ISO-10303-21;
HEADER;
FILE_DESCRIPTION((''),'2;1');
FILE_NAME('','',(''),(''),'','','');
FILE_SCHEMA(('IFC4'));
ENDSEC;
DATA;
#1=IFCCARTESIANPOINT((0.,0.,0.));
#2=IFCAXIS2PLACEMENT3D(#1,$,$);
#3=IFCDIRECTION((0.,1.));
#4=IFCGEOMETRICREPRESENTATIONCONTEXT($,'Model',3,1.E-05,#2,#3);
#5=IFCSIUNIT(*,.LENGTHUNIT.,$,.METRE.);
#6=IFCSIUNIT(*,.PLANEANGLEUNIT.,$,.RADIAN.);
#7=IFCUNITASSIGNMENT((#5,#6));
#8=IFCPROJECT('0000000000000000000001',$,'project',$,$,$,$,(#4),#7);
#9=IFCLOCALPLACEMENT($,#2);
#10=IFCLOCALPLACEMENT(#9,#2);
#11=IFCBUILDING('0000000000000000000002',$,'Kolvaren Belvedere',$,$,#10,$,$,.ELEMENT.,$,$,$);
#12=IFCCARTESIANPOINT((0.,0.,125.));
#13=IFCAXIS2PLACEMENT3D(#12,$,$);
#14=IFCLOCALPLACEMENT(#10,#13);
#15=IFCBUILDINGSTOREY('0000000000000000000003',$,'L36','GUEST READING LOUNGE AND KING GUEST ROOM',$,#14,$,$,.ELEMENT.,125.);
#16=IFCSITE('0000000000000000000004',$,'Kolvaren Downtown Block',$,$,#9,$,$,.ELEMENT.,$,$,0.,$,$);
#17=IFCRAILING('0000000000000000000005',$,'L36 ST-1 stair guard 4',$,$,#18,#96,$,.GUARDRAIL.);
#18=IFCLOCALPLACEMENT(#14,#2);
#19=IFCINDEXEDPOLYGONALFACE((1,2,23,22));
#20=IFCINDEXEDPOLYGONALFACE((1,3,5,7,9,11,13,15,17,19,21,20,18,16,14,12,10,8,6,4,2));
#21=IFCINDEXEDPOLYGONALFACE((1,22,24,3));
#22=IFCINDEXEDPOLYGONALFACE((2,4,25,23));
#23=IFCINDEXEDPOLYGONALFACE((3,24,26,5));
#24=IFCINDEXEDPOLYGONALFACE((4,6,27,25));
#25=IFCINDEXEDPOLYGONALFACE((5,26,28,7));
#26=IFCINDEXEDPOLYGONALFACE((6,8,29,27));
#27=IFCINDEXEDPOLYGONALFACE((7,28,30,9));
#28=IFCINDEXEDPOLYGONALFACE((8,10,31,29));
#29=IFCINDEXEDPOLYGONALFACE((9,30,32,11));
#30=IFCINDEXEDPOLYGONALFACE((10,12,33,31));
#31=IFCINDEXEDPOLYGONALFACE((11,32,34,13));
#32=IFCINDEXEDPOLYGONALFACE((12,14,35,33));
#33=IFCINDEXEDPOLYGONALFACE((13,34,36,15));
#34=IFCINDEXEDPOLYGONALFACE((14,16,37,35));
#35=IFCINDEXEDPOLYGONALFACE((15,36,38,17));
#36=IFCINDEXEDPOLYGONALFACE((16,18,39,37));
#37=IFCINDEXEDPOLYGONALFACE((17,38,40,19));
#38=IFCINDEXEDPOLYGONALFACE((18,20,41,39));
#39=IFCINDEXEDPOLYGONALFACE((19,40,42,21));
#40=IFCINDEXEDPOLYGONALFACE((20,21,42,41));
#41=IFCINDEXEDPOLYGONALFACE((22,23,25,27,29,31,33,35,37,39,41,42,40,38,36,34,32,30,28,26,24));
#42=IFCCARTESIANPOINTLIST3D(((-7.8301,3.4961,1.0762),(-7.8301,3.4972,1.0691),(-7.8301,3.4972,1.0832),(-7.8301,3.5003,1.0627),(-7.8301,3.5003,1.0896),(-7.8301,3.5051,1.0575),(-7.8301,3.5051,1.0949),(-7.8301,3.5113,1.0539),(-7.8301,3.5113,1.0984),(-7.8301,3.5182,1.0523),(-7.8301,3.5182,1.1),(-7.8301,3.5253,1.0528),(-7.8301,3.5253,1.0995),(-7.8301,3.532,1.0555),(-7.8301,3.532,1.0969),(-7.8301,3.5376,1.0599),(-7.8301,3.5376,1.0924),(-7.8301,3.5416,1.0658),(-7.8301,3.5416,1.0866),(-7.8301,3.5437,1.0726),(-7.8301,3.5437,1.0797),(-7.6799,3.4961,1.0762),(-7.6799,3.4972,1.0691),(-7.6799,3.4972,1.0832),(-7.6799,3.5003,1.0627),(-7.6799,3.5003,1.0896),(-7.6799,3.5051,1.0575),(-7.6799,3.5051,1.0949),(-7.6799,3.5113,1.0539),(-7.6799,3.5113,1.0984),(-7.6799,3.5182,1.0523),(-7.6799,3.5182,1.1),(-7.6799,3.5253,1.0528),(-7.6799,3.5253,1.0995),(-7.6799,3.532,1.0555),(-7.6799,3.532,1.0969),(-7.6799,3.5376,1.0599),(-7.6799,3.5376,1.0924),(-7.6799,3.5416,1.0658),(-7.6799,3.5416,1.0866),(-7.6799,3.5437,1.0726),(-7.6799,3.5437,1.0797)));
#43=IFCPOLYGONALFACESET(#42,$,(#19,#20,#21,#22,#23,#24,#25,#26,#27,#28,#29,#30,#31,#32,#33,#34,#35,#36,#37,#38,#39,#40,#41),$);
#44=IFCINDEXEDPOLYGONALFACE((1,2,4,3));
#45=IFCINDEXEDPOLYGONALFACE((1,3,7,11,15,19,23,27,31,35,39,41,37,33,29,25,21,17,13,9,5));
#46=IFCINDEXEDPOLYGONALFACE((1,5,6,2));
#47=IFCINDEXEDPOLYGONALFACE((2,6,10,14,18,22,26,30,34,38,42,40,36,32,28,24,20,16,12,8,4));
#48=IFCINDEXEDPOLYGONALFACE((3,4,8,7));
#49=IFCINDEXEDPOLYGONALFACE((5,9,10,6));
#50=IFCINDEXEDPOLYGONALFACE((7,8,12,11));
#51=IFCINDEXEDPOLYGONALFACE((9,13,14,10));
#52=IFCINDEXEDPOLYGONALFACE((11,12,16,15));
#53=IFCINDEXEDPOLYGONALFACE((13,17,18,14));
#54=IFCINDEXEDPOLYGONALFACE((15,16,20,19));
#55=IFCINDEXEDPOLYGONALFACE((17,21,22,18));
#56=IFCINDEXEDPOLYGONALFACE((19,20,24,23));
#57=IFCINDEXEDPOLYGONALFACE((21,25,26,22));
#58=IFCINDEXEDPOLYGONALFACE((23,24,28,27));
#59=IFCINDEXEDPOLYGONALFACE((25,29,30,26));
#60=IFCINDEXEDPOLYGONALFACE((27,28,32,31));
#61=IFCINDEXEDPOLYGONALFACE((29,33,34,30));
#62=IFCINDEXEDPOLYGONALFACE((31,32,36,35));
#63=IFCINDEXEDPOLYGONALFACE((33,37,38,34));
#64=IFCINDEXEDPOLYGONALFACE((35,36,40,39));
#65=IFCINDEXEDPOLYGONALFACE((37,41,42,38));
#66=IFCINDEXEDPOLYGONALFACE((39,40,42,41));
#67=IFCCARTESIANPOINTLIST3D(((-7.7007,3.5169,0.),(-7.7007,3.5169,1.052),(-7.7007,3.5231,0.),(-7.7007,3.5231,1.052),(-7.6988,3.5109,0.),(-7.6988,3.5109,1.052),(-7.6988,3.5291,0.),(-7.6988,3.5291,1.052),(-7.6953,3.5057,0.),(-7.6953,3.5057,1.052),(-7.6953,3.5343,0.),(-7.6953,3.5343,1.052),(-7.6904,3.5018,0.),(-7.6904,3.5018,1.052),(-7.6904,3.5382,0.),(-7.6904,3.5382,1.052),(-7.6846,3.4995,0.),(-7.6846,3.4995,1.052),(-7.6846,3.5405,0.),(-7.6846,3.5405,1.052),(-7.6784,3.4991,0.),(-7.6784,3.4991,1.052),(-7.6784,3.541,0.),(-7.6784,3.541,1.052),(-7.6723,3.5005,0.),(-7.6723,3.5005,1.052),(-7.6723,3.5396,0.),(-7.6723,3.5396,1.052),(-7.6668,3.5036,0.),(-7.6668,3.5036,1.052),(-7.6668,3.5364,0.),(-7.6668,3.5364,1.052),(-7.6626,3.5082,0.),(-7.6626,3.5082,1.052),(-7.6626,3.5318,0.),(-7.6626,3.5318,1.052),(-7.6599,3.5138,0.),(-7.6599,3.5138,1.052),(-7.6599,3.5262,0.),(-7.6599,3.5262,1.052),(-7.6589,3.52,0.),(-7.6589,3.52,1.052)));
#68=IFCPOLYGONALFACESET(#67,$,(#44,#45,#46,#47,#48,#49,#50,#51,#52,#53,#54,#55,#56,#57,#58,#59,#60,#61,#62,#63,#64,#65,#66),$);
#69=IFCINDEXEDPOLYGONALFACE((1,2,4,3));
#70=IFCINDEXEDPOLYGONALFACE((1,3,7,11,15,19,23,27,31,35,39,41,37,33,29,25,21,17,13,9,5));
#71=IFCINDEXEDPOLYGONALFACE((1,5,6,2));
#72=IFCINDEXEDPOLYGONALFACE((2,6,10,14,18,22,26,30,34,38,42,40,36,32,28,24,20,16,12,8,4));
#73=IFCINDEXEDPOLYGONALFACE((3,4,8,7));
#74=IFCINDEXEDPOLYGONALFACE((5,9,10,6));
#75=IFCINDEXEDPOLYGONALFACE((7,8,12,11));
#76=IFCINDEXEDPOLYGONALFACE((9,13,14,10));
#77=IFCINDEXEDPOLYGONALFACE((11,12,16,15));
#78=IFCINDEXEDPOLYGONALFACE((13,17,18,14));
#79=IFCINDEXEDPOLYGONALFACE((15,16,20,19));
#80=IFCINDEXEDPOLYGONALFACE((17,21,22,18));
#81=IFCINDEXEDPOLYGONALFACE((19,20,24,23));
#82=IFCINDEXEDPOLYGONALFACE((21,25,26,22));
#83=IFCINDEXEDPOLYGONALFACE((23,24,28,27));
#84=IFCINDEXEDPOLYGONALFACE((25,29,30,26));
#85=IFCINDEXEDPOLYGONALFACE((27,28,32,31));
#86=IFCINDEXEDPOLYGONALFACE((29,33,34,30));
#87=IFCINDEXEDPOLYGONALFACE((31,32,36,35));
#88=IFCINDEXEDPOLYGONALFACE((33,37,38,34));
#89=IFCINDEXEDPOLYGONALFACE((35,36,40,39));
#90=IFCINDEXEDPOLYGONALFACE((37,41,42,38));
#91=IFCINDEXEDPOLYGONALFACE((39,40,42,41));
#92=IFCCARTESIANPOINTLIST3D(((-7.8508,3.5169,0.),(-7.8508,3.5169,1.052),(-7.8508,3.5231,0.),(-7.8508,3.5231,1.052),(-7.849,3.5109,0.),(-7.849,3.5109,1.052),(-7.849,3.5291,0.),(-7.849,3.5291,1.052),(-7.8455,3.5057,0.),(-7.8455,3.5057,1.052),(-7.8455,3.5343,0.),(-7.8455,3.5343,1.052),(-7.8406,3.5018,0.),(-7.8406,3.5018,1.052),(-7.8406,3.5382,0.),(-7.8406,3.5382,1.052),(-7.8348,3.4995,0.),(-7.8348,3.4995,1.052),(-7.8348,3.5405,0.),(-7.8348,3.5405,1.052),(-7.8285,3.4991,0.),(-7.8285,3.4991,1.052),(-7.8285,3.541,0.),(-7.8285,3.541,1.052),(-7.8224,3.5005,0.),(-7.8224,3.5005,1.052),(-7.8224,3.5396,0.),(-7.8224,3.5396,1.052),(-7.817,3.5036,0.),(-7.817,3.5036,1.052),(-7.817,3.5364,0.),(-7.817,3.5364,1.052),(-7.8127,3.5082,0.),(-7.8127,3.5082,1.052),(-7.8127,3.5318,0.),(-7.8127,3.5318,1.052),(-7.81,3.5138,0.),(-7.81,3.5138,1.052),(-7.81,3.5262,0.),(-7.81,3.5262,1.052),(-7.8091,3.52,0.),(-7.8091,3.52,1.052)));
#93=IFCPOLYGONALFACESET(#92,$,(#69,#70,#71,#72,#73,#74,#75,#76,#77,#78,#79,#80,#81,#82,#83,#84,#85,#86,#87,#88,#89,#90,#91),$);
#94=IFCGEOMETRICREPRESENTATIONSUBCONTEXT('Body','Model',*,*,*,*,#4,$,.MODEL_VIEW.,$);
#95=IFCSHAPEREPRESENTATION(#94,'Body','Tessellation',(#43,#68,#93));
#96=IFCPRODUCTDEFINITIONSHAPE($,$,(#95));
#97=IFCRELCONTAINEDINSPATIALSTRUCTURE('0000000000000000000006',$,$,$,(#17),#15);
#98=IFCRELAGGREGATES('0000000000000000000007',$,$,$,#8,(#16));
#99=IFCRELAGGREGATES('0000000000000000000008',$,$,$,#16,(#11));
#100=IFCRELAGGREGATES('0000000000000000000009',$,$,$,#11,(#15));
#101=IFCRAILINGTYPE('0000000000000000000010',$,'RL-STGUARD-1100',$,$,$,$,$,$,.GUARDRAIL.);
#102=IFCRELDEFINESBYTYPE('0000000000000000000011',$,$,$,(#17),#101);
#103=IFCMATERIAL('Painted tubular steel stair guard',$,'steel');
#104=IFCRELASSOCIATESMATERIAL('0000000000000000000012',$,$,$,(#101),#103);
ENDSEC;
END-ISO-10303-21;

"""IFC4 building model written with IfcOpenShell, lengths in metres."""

from ifc_helpers import new_model, si_unit, direction, frame, origin, origin_2d, place, context, subcontext, project, spatial, circle, extrude, material, type_object, element, save


model = new_model("IFC4")

# Units and contexts
model_context = context("Model", 3, precision=1e-05, world=origin(), true_north=direction((0.0, 1.0)))
body_context = subcontext(model_context, "Body", "Model", "MODEL_VIEW")
ifc_project = project(units=[si_unit("LENGTHUNIT", "METRE"), si_unit("PLANEANGLEUNIT", "RADIAN")], contexts=[model_context])

# Site, building, storey
site_placement = place(None, origin())
site = spatial("IfcSite", under=ifc_project, at=site_placement, Name="Kolvaren Downtown Block", CompositionType="ELEMENT", RefElevation=0.0)
building_placement = place(site_placement, origin())
building = spatial("IfcBuilding", under=site, at=building_placement, Name="Kolvaren Belvedere", CompositionType="ELEMENT")
storey_placement = place(building_placement, frame((0.0, 0.0, 125.0)))
storey = spatial("IfcBuildingStorey", under=building, at=storey_placement, Name="L36", Description="GUEST READING LOUNGE AND KING GUEST ROOM", CompositionType="ELEMENT", Elevation=125.0)

# Railing
ifc_material_1 = material(Name="Painted tubular steel stair guard", Category="steel")
railing_type_1 = type_object("IfcRailingType", Name="RL-STGUARD-1100", PredefinedType="GUARDRAIL", material=ifc_material_1)
railing_1_placement = place(storey_placement, frame((-7.6799, 3.52, 0.0)))
element("IfcRailing", 1, at=railing_1_placement, inside=storey, type_object=railing_type_1, Name="L36 ST-1 stair guard 4", PredefinedType="GUARDRAIL", context=body_context, shape_type="SweptSolid", body=[
    extrude(circle(Radius=0.0239, at=origin_2d()), frame((0.0, 0.0, 1.0762), z_axis=(-1.0, 0.0, 0.0), x_axis=(0.0, -1.0, 0.0)), (0.0, 0.0, 1.0), 0.1501),
    extrude(circle(Radius=0.021, at=origin_2d()), origin(), (0.0, 0.0, 1.0), 1.052),
    extrude(circle(Radius=0.021, at=origin_2d()), frame((-0.1501, 0.0, 0.0)), (0.0, 0.0, 1.0), 1.052),
])

save(model, "model.ifc")
